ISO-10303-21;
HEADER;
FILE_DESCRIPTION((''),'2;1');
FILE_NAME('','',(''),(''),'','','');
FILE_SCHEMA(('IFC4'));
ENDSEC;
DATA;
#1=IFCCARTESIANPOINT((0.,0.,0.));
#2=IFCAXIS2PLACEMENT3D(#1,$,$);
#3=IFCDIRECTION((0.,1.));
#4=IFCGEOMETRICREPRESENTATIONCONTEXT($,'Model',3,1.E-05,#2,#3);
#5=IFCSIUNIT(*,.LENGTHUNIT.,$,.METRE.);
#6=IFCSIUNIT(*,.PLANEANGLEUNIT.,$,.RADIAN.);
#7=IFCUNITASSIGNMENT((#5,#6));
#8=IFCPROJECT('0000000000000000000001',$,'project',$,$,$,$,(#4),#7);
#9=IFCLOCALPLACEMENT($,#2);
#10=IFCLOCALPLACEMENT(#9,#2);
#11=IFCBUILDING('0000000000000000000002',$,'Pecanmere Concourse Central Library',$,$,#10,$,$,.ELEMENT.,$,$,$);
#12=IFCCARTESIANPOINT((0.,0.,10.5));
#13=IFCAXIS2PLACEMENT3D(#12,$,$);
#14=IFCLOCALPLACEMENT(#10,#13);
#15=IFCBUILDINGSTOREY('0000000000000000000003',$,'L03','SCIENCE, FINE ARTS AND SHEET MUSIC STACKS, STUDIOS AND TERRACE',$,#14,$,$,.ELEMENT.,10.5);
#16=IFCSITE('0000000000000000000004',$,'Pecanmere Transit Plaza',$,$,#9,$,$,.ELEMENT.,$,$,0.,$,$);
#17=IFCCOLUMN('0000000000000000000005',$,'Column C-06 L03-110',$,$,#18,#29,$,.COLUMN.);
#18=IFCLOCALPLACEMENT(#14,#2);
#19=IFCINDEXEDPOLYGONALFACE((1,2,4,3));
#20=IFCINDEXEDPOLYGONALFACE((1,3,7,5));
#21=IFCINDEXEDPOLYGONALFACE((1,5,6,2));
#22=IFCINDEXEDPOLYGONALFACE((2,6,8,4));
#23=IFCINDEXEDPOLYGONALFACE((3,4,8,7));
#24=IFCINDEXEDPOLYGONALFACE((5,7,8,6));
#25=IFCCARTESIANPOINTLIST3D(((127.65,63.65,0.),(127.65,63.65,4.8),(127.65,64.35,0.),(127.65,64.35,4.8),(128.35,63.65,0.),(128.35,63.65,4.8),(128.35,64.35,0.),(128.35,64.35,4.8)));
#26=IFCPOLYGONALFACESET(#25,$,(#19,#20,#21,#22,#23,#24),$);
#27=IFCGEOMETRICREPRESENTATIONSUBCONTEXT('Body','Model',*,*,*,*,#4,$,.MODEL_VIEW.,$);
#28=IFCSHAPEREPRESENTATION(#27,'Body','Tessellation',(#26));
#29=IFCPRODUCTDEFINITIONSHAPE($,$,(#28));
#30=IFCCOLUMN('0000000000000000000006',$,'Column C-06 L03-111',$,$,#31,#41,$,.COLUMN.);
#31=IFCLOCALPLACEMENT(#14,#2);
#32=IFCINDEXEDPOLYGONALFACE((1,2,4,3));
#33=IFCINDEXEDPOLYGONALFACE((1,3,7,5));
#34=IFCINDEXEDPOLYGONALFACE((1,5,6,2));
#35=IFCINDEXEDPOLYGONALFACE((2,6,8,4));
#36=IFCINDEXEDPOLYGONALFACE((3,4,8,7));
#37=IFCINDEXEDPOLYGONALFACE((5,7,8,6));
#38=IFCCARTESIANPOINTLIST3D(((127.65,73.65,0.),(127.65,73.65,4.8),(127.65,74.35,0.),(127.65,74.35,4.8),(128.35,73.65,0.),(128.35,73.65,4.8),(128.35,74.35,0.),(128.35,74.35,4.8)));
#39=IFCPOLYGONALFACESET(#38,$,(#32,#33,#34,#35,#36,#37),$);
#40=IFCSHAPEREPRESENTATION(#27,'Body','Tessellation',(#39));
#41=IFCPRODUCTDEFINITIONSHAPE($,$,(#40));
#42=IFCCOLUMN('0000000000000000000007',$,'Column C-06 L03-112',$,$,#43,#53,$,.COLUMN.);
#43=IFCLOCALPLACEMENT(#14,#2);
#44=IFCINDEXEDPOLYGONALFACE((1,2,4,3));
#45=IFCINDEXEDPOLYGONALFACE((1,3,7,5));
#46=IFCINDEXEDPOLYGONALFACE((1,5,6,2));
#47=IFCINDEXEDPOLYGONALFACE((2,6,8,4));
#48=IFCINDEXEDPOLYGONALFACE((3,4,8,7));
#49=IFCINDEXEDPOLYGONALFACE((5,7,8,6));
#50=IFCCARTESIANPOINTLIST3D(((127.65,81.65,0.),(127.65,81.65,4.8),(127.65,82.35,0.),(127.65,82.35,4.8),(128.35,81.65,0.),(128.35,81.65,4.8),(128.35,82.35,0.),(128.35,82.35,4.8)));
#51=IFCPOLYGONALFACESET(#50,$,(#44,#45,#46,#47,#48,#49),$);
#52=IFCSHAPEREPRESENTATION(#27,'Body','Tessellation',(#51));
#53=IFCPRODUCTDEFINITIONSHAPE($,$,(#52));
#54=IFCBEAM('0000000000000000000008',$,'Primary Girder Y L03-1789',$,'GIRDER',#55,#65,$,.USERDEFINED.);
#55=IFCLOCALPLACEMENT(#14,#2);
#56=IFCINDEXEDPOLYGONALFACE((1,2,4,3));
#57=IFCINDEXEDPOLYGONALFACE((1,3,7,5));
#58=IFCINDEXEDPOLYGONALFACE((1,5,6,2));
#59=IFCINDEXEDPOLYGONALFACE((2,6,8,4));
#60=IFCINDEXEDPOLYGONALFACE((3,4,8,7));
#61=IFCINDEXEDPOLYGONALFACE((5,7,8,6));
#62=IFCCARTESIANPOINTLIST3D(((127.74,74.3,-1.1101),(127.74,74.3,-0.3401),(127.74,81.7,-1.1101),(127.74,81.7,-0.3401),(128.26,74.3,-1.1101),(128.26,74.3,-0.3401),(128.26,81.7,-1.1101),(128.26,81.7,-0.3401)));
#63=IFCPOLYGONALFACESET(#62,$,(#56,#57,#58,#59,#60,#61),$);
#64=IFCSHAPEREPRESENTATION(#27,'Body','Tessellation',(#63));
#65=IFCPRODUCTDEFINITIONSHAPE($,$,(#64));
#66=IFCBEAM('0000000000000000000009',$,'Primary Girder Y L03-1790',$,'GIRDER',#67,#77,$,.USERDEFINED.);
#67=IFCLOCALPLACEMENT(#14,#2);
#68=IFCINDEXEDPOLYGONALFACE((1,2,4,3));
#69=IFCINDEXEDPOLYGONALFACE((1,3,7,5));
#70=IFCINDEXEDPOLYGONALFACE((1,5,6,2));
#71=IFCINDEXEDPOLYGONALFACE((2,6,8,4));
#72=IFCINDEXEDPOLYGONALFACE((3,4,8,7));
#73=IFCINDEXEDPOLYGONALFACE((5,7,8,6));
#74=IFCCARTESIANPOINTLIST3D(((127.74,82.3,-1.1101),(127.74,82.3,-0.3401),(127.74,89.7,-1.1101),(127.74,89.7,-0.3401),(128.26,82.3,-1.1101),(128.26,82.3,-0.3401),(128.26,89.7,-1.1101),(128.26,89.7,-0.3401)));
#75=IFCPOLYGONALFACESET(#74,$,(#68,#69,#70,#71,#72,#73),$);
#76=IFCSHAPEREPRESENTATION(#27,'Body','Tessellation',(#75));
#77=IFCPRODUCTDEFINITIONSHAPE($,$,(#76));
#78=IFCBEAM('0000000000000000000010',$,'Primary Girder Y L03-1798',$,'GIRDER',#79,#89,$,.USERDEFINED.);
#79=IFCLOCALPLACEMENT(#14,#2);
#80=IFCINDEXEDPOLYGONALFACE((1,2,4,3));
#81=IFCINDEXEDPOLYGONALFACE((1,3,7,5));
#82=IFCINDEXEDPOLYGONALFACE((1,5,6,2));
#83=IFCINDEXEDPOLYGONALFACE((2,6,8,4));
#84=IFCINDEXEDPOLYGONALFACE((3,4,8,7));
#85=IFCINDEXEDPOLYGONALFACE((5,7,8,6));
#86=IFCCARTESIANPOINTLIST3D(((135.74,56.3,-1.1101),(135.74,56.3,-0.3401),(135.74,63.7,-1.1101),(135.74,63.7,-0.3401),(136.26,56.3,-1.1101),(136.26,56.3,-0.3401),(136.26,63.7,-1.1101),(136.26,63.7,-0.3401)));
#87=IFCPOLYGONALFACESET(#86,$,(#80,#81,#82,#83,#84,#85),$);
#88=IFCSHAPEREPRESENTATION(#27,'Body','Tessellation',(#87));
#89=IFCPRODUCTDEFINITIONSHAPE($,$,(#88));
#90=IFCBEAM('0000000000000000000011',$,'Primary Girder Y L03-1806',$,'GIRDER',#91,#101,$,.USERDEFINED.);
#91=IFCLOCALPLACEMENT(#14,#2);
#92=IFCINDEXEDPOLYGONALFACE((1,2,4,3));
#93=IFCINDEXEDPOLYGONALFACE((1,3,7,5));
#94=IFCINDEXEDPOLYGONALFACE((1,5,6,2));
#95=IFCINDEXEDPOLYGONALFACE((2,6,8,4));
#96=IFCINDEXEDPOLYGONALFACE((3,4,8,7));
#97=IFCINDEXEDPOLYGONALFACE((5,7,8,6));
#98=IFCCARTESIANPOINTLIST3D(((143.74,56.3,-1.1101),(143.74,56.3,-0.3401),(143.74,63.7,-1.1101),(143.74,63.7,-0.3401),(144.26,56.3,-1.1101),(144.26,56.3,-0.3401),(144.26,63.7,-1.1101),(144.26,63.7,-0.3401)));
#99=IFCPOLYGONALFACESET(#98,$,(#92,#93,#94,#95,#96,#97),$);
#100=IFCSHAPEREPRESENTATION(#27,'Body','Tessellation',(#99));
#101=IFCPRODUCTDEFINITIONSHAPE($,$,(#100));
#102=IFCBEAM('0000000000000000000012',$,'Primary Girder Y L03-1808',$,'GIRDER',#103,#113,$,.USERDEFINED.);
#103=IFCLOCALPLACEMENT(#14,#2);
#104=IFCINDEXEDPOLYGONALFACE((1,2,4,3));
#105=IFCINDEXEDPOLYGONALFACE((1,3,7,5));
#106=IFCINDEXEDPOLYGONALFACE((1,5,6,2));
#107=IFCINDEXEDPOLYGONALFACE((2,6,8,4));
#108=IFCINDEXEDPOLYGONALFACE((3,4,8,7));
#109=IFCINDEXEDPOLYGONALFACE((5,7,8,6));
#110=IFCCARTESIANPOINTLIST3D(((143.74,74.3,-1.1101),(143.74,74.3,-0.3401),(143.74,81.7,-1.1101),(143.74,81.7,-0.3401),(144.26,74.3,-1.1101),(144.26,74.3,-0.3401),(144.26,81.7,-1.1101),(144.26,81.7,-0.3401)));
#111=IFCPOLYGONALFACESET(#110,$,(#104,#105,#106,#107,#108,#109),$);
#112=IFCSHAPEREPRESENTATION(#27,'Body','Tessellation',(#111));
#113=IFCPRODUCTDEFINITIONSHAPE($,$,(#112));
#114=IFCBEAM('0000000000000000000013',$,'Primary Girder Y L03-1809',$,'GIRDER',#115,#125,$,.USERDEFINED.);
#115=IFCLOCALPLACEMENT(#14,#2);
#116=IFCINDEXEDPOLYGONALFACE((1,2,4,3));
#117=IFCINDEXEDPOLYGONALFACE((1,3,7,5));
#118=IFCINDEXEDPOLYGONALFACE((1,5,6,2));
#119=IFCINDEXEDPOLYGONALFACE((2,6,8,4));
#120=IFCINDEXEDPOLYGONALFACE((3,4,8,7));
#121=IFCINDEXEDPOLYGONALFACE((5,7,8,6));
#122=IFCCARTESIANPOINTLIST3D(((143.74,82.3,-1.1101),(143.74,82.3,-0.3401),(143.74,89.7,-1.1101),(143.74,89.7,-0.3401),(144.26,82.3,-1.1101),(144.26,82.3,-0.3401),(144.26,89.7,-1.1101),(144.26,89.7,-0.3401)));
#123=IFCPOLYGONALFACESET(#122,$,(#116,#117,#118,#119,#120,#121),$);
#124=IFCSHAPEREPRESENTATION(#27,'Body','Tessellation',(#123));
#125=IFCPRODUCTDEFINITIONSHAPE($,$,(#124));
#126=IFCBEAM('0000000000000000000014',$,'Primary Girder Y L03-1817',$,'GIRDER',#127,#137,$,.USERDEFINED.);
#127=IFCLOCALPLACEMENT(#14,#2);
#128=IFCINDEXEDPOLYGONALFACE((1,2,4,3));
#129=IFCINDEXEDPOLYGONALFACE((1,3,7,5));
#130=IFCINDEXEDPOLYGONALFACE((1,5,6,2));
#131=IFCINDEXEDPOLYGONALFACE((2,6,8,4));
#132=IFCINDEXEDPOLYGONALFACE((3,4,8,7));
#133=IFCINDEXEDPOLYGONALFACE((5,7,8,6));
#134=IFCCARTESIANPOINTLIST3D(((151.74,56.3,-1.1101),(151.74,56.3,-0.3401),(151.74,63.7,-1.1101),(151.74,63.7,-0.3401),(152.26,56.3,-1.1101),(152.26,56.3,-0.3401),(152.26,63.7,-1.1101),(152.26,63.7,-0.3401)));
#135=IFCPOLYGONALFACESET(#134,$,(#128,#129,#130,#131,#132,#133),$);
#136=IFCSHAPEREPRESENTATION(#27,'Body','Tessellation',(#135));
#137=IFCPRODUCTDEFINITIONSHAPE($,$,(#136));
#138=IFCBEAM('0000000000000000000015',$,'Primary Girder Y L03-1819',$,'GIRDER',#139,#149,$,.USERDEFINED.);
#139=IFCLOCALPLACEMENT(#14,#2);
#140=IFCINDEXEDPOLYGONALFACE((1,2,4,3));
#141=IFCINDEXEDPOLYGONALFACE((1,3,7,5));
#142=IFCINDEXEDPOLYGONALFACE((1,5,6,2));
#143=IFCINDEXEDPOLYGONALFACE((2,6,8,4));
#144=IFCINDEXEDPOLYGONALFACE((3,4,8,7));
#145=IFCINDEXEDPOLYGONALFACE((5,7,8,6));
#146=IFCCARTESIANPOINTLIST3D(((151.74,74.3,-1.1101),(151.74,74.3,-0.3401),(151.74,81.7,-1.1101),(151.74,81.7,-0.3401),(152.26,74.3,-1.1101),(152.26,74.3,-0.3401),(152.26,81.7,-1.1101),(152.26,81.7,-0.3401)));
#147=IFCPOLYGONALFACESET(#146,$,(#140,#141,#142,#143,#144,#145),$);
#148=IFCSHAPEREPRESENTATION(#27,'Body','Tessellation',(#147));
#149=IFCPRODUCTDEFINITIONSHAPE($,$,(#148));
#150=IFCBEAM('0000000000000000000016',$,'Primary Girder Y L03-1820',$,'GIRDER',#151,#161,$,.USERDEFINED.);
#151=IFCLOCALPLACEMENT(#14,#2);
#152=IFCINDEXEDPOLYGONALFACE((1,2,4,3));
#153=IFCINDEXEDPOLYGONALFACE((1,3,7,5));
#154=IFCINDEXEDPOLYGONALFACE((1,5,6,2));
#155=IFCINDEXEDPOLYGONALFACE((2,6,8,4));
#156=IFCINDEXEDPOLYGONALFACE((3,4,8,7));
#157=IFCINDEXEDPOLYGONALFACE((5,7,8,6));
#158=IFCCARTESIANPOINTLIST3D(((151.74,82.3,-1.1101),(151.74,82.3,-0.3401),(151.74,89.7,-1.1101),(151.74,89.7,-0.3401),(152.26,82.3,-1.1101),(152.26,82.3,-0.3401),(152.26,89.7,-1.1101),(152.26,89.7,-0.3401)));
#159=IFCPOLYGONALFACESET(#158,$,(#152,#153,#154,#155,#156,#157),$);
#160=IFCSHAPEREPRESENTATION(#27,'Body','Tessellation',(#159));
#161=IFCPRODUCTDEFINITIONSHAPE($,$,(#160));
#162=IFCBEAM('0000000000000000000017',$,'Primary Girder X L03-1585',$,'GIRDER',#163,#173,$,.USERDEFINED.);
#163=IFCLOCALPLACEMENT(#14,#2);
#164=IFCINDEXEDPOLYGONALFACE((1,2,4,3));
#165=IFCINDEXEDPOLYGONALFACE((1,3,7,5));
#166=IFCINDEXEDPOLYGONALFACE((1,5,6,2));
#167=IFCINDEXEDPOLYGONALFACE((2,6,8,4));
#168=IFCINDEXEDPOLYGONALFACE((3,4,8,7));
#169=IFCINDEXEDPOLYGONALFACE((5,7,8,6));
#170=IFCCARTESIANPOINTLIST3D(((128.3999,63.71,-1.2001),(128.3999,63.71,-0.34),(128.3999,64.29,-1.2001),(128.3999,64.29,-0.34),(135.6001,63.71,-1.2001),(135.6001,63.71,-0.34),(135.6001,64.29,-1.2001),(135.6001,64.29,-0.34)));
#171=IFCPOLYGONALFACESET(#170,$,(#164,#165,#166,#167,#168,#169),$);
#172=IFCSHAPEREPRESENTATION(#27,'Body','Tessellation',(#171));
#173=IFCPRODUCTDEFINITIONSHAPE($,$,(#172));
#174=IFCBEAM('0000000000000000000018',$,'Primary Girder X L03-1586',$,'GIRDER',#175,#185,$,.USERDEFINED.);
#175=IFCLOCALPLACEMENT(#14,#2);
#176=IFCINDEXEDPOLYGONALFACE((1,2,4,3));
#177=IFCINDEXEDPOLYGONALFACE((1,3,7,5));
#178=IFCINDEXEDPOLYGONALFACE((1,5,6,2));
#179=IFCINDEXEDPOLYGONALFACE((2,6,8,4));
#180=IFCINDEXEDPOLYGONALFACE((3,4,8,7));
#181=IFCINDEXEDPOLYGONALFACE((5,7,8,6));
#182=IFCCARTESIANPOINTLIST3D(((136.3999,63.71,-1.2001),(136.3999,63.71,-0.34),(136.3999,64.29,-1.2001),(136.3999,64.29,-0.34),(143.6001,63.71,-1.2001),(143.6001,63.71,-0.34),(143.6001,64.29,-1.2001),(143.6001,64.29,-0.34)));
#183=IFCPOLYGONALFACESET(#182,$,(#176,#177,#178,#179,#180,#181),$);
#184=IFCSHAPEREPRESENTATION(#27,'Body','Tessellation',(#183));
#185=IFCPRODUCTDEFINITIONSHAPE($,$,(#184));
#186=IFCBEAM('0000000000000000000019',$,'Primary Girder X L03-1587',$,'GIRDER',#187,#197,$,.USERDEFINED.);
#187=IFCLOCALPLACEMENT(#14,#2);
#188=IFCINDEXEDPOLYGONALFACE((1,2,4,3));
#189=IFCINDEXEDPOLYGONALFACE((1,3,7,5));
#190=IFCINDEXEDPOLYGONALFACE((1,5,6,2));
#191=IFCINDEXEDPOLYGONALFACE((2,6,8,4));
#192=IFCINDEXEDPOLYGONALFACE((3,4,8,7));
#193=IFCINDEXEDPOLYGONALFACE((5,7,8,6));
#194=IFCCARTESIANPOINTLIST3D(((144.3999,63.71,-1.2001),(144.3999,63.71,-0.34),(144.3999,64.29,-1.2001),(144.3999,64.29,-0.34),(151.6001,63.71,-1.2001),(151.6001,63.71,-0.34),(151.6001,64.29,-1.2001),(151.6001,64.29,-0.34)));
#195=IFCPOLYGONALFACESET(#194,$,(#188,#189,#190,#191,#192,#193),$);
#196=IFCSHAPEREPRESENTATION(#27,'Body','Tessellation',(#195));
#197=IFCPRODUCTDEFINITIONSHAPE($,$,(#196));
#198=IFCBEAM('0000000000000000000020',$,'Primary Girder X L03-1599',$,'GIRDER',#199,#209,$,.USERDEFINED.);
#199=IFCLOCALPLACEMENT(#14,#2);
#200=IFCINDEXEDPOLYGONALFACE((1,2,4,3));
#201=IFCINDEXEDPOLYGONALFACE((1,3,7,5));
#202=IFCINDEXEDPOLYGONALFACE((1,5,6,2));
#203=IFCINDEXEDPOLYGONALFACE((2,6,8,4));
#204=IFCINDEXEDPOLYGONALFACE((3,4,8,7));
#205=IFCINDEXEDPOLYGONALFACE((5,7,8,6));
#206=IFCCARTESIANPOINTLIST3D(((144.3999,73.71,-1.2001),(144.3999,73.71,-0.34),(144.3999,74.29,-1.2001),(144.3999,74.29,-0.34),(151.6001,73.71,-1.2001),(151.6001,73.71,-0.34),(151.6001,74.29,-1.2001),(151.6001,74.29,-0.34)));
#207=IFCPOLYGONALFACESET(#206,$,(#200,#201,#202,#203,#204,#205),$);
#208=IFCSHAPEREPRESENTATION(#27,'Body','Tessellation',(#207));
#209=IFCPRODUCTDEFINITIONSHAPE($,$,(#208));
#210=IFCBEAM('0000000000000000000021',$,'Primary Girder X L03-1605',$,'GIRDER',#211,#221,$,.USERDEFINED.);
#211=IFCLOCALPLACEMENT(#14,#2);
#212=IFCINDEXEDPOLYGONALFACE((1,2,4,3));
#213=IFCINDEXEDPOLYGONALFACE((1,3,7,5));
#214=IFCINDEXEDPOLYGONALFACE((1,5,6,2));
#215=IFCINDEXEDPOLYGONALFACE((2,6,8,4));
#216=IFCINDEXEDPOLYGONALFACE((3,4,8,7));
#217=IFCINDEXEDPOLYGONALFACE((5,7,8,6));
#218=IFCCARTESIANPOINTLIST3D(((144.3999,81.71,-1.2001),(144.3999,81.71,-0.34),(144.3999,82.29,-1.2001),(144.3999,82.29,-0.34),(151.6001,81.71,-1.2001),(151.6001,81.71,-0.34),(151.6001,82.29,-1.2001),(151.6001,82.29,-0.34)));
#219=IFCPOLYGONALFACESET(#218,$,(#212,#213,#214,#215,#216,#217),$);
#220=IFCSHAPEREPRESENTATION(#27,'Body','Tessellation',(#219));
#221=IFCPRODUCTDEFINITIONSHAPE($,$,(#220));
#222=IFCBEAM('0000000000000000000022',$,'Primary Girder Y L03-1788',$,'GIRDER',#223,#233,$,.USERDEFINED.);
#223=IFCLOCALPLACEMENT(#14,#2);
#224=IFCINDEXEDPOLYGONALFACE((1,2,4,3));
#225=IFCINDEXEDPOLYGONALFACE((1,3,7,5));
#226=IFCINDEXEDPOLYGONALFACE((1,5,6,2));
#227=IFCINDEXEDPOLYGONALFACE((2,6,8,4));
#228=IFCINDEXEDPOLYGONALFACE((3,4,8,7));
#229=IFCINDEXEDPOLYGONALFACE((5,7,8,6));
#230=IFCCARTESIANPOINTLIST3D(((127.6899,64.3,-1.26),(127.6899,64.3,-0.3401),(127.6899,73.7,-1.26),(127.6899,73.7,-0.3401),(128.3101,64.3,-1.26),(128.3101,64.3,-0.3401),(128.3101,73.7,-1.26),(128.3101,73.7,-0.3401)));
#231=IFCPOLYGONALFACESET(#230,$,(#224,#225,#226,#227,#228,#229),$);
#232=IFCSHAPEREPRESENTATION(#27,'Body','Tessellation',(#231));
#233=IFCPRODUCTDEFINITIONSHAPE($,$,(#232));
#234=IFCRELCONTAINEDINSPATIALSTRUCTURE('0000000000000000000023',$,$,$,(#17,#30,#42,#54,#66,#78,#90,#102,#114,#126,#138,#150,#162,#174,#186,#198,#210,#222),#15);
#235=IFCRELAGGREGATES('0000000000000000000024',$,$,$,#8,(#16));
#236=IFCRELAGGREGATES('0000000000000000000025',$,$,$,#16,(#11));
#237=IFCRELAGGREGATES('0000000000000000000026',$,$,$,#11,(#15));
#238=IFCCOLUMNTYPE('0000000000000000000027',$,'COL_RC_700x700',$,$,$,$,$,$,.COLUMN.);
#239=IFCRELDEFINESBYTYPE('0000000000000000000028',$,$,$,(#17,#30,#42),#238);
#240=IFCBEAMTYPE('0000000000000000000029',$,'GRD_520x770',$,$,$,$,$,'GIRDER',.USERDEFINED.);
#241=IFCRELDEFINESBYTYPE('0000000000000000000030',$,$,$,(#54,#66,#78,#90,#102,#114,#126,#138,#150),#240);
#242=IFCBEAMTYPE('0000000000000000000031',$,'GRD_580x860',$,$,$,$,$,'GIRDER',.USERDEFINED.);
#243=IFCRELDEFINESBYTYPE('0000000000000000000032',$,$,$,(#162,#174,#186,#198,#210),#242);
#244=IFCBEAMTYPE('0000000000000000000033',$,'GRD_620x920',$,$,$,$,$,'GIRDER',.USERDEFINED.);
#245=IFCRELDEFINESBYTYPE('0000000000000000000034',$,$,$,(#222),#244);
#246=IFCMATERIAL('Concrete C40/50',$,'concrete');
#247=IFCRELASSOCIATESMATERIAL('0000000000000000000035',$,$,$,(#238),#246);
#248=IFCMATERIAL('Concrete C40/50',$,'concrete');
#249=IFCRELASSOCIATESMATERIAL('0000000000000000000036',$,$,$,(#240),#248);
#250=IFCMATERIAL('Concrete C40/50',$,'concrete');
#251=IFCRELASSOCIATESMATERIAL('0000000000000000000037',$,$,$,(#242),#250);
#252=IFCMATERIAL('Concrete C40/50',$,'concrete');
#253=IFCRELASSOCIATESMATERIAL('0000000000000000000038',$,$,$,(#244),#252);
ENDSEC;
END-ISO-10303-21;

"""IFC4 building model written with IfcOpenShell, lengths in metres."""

from ifc_helpers import new_model, si_unit, direction, frame, origin, origin_2d, place, context, subcontext, project, spatial, rectangle, extrude, material, material_profile, profile_set, type_object, element, save


model = new_model("IFC4")

# Units and contexts
model_context = context("Model", 3, precision=1e-05, world=origin(), true_north=direction((0.0, 1.0)))
body_context = subcontext(model_context, "Body", "Model", "MODEL_VIEW")
ifc_project = project(units=[si_unit("LENGTHUNIT", "METRE"), si_unit("PLANEANGLEUNIT", "RADIAN")], contexts=[model_context])

# Site, building, storey
site_placement = place(None, origin())
site = spatial("IfcSite", under=ifc_project, at=site_placement, Name="Pecanmere Transit Plaza", CompositionType="ELEMENT", RefElevation=0.0)
building_placement = place(site_placement, origin())
building = spatial("IfcBuilding", under=site, at=building_placement, Name="Pecanmere Concourse Central Library", CompositionType="ELEMENT")
storey_placement = place(building_placement, frame((0.0, 0.0, 10.5)))
storey = spatial("IfcBuildingStorey", under=building, at=storey_placement, Name="L03", Description="SCIENCE, FINE ARTS AND SHEET MUSIC STACKS, STUDIOS AND TERRACE", CompositionType="ELEMENT", Elevation=10.5)

# Columns
ifc_material_1 = material(Name="Concrete C40/50", Category="concrete")
ifc_material_profile_1 = material_profile(ifc_material_1, rectangle(XDim=0.7, YDim=0.7, at=origin_2d()), Name="RC 700x700")
ifc_profile_set_1 = profile_set([ifc_material_profile_1], Name="Concrete C40/50")
column_type = type_object("IfcColumnType", Name="COL_RC_700x700", PredefinedType="COLUMN", material=ifc_profile_set_1)
for number, where, z_axis, x_axis, name in (
    (1, (128.0, 64.0, 0.0), (0.0, 0.0, 1.0), (1.0, 0.0, 0.0), "Column C-06 L03-110"),
    (2, (128.0, 74.0, 0.0), (0.0, 0.0, 1.0), (1.0, 0.0, 0.0), "Column C-06 L03-111"),
    (3, (128.0, 82.0, 0.0), (0.0, 0.0, 1.0), (1.0, 0.0, 0.0), "Column C-06 L03-112"),
):
    element("IfcColumn", number, at=place(storey_placement, frame(where, z_axis=z_axis, x_axis=x_axis)), inside=storey, type_object=column_type, Name=name, PredefinedType="COLUMN", context=body_context, shape_type="SweptSolid", body=[
        extrude(rectangle(XDim=0.7, YDim=0.7, at=origin_2d()), origin(), (0.0, 0.0, 1.0), 4.8),
    ])

# Beams
ifc_material_2 = material(Name="Concrete C40/50", Category="concrete")
ifc_material_profile_2 = material_profile(ifc_material_2, rectangle(XDim=0.52, YDim=0.77, at=origin_2d()), Name="RC 520x770")
ifc_profile_set_2 = profile_set([ifc_material_profile_2], Name="Concrete C40/50")
beam_type_1 = type_object("IfcBeamType", Name="GRD_520x770", ElementType="GIRDER", PredefinedType="USERDEFINED", material=ifc_profile_set_2)
for number, where, z_axis, x_axis, name in (
    (4, (128.0, 74.3, -0.7251), (0.0, 1.0, 0.0), (-1.0, 0.0, 0.0), "Primary Girder Y L03-1789"),
    (5, (128.0, 82.3, -0.7251), (0.0, 1.0, 0.0), (-1.0, 0.0, 0.0), "Primary Girder Y L03-1790"),
    (6, (136.0, 56.3, -0.7251), (0.0, 1.0, 0.0), (-1.0, 0.0, 0.0), "Primary Girder Y L03-1798"),
    (7, (144.0, 56.3, -0.7251), (0.0, 1.0, 0.0), (-1.0, 0.0, 0.0), "Primary Girder Y L03-1806"),
    (8, (144.0, 74.3, -0.7251), (0.0, 1.0, 0.0), (-1.0, 0.0, 0.0), "Primary Girder Y L03-1808"),
    (9, (144.0, 82.3, -0.7251), (0.0, 1.0, 0.0), (-1.0, 0.0, 0.0), "Primary Girder Y L03-1809"),
    (10, (152.0, 56.3, -0.7251), (0.0, 1.0, 0.0), (-1.0, 0.0, 0.0), "Primary Girder Y L03-1817"),
    (11, (152.0, 74.3, -0.7251), (0.0, 1.0, 0.0), (-1.0, 0.0, 0.0), "Primary Girder Y L03-1819"),
    (12, (152.0, 82.3, -0.7251), (0.0, 1.0, 0.0), (-1.0, 0.0, 0.0), "Primary Girder Y L03-1820"),
):
    element("IfcBeam", number, at=place(storey_placement, frame(where, z_axis=z_axis, x_axis=x_axis)), inside=storey, type_object=beam_type_1, Name=name, ObjectType="GIRDER", PredefinedType="USERDEFINED", context=body_context, shape_type="SweptSolid", body=[
        extrude(rectangle(XDim=0.52, YDim=0.77, at=origin_2d()), origin(), (0.0, 0.0, 1.0), 7.3999),
    ])
ifc_material_3 = material(Name="Concrete C40/50", Category="concrete")
ifc_material_profile_3 = material_profile(ifc_material_3, rectangle(XDim=0.5801, YDim=0.8601, at=origin_2d()), Name="RC 580x860")
ifc_profile_set_3 = profile_set([ifc_material_profile_3], Name="Concrete C40/50")
beam_type_2 = type_object("IfcBeamType", Name="GRD_580x860", ElementType="GIRDER", PredefinedType="USERDEFINED", material=ifc_profile_set_3)
for number, where, z_axis, x_axis, name in (
    (13, (128.3999, 64.0, -0.77), (1.0, 0.0, 0.0), (0.0, 1.0, 0.0), "Primary Girder X L03-1585"),
    (14, (136.3999, 64.0, -0.77), (1.0, 0.0, 0.0), (0.0, 1.0, 0.0), "Primary Girder X L03-1586"),
    (15, (144.3999, 64.0, -0.77), (1.0, 0.0, 0.0), (0.0, 1.0, 0.0), "Primary Girder X L03-1587"),
    (16, (144.3999, 74.0, -0.77), (1.0, 0.0, 0.0), (0.0, 1.0, 0.0), "Primary Girder X L03-1599"),
    (17, (144.3999, 82.0, -0.77), (1.0, 0.0, 0.0), (0.0, 1.0, 0.0), "Primary Girder X L03-1605"),
):
    element("IfcBeam", number, at=place(storey_placement, frame(where, z_axis=z_axis, x_axis=x_axis)), inside=storey, type_object=beam_type_2, Name=name, ObjectType="GIRDER", PredefinedType="USERDEFINED", context=body_context, shape_type="SweptSolid", body=[
        extrude(rectangle(XDim=0.5801, YDim=0.8601, at=origin_2d()), origin(), (0.0, 0.0, 1.0), 7.2002),
    ])
ifc_material_4 = material(Name="Concrete C40/50", Category="concrete")
ifc_material_profile_4 = material_profile(ifc_material_4, rectangle(XDim=0.6201, YDim=0.9199, at=origin_2d()), Name="RC 620x920")
ifc_profile_set_4 = profile_set([ifc_material_profile_4], Name="Concrete C40/50")
beam_type_3 = type_object("IfcBeamType", Name="GRD_620x920", ElementType="GIRDER", PredefinedType="USERDEFINED", material=ifc_profile_set_4)
for number, where, z_axis, x_axis, name in (
    (18, (128.0, 64.3, -0.8), (0.0, 1.0, 0.0), (-1.0, 0.0, 0.0), "Primary Girder Y L03-1788"),
):
    element("IfcBeam", number, at=place(storey_placement, frame(where, z_axis=z_axis, x_axis=x_axis)), inside=storey, type_object=beam_type_3, Name=name, ObjectType="GIRDER", PredefinedType="USERDEFINED", context=body_context, shape_type="SweptSolid", body=[
        extrude(rectangle(XDim=0.6201, YDim=0.9199, at=origin_2d()), origin(), (0.0, 0.0, 1.0), 9.3999),
    ])

save(model, "model.ifc")
